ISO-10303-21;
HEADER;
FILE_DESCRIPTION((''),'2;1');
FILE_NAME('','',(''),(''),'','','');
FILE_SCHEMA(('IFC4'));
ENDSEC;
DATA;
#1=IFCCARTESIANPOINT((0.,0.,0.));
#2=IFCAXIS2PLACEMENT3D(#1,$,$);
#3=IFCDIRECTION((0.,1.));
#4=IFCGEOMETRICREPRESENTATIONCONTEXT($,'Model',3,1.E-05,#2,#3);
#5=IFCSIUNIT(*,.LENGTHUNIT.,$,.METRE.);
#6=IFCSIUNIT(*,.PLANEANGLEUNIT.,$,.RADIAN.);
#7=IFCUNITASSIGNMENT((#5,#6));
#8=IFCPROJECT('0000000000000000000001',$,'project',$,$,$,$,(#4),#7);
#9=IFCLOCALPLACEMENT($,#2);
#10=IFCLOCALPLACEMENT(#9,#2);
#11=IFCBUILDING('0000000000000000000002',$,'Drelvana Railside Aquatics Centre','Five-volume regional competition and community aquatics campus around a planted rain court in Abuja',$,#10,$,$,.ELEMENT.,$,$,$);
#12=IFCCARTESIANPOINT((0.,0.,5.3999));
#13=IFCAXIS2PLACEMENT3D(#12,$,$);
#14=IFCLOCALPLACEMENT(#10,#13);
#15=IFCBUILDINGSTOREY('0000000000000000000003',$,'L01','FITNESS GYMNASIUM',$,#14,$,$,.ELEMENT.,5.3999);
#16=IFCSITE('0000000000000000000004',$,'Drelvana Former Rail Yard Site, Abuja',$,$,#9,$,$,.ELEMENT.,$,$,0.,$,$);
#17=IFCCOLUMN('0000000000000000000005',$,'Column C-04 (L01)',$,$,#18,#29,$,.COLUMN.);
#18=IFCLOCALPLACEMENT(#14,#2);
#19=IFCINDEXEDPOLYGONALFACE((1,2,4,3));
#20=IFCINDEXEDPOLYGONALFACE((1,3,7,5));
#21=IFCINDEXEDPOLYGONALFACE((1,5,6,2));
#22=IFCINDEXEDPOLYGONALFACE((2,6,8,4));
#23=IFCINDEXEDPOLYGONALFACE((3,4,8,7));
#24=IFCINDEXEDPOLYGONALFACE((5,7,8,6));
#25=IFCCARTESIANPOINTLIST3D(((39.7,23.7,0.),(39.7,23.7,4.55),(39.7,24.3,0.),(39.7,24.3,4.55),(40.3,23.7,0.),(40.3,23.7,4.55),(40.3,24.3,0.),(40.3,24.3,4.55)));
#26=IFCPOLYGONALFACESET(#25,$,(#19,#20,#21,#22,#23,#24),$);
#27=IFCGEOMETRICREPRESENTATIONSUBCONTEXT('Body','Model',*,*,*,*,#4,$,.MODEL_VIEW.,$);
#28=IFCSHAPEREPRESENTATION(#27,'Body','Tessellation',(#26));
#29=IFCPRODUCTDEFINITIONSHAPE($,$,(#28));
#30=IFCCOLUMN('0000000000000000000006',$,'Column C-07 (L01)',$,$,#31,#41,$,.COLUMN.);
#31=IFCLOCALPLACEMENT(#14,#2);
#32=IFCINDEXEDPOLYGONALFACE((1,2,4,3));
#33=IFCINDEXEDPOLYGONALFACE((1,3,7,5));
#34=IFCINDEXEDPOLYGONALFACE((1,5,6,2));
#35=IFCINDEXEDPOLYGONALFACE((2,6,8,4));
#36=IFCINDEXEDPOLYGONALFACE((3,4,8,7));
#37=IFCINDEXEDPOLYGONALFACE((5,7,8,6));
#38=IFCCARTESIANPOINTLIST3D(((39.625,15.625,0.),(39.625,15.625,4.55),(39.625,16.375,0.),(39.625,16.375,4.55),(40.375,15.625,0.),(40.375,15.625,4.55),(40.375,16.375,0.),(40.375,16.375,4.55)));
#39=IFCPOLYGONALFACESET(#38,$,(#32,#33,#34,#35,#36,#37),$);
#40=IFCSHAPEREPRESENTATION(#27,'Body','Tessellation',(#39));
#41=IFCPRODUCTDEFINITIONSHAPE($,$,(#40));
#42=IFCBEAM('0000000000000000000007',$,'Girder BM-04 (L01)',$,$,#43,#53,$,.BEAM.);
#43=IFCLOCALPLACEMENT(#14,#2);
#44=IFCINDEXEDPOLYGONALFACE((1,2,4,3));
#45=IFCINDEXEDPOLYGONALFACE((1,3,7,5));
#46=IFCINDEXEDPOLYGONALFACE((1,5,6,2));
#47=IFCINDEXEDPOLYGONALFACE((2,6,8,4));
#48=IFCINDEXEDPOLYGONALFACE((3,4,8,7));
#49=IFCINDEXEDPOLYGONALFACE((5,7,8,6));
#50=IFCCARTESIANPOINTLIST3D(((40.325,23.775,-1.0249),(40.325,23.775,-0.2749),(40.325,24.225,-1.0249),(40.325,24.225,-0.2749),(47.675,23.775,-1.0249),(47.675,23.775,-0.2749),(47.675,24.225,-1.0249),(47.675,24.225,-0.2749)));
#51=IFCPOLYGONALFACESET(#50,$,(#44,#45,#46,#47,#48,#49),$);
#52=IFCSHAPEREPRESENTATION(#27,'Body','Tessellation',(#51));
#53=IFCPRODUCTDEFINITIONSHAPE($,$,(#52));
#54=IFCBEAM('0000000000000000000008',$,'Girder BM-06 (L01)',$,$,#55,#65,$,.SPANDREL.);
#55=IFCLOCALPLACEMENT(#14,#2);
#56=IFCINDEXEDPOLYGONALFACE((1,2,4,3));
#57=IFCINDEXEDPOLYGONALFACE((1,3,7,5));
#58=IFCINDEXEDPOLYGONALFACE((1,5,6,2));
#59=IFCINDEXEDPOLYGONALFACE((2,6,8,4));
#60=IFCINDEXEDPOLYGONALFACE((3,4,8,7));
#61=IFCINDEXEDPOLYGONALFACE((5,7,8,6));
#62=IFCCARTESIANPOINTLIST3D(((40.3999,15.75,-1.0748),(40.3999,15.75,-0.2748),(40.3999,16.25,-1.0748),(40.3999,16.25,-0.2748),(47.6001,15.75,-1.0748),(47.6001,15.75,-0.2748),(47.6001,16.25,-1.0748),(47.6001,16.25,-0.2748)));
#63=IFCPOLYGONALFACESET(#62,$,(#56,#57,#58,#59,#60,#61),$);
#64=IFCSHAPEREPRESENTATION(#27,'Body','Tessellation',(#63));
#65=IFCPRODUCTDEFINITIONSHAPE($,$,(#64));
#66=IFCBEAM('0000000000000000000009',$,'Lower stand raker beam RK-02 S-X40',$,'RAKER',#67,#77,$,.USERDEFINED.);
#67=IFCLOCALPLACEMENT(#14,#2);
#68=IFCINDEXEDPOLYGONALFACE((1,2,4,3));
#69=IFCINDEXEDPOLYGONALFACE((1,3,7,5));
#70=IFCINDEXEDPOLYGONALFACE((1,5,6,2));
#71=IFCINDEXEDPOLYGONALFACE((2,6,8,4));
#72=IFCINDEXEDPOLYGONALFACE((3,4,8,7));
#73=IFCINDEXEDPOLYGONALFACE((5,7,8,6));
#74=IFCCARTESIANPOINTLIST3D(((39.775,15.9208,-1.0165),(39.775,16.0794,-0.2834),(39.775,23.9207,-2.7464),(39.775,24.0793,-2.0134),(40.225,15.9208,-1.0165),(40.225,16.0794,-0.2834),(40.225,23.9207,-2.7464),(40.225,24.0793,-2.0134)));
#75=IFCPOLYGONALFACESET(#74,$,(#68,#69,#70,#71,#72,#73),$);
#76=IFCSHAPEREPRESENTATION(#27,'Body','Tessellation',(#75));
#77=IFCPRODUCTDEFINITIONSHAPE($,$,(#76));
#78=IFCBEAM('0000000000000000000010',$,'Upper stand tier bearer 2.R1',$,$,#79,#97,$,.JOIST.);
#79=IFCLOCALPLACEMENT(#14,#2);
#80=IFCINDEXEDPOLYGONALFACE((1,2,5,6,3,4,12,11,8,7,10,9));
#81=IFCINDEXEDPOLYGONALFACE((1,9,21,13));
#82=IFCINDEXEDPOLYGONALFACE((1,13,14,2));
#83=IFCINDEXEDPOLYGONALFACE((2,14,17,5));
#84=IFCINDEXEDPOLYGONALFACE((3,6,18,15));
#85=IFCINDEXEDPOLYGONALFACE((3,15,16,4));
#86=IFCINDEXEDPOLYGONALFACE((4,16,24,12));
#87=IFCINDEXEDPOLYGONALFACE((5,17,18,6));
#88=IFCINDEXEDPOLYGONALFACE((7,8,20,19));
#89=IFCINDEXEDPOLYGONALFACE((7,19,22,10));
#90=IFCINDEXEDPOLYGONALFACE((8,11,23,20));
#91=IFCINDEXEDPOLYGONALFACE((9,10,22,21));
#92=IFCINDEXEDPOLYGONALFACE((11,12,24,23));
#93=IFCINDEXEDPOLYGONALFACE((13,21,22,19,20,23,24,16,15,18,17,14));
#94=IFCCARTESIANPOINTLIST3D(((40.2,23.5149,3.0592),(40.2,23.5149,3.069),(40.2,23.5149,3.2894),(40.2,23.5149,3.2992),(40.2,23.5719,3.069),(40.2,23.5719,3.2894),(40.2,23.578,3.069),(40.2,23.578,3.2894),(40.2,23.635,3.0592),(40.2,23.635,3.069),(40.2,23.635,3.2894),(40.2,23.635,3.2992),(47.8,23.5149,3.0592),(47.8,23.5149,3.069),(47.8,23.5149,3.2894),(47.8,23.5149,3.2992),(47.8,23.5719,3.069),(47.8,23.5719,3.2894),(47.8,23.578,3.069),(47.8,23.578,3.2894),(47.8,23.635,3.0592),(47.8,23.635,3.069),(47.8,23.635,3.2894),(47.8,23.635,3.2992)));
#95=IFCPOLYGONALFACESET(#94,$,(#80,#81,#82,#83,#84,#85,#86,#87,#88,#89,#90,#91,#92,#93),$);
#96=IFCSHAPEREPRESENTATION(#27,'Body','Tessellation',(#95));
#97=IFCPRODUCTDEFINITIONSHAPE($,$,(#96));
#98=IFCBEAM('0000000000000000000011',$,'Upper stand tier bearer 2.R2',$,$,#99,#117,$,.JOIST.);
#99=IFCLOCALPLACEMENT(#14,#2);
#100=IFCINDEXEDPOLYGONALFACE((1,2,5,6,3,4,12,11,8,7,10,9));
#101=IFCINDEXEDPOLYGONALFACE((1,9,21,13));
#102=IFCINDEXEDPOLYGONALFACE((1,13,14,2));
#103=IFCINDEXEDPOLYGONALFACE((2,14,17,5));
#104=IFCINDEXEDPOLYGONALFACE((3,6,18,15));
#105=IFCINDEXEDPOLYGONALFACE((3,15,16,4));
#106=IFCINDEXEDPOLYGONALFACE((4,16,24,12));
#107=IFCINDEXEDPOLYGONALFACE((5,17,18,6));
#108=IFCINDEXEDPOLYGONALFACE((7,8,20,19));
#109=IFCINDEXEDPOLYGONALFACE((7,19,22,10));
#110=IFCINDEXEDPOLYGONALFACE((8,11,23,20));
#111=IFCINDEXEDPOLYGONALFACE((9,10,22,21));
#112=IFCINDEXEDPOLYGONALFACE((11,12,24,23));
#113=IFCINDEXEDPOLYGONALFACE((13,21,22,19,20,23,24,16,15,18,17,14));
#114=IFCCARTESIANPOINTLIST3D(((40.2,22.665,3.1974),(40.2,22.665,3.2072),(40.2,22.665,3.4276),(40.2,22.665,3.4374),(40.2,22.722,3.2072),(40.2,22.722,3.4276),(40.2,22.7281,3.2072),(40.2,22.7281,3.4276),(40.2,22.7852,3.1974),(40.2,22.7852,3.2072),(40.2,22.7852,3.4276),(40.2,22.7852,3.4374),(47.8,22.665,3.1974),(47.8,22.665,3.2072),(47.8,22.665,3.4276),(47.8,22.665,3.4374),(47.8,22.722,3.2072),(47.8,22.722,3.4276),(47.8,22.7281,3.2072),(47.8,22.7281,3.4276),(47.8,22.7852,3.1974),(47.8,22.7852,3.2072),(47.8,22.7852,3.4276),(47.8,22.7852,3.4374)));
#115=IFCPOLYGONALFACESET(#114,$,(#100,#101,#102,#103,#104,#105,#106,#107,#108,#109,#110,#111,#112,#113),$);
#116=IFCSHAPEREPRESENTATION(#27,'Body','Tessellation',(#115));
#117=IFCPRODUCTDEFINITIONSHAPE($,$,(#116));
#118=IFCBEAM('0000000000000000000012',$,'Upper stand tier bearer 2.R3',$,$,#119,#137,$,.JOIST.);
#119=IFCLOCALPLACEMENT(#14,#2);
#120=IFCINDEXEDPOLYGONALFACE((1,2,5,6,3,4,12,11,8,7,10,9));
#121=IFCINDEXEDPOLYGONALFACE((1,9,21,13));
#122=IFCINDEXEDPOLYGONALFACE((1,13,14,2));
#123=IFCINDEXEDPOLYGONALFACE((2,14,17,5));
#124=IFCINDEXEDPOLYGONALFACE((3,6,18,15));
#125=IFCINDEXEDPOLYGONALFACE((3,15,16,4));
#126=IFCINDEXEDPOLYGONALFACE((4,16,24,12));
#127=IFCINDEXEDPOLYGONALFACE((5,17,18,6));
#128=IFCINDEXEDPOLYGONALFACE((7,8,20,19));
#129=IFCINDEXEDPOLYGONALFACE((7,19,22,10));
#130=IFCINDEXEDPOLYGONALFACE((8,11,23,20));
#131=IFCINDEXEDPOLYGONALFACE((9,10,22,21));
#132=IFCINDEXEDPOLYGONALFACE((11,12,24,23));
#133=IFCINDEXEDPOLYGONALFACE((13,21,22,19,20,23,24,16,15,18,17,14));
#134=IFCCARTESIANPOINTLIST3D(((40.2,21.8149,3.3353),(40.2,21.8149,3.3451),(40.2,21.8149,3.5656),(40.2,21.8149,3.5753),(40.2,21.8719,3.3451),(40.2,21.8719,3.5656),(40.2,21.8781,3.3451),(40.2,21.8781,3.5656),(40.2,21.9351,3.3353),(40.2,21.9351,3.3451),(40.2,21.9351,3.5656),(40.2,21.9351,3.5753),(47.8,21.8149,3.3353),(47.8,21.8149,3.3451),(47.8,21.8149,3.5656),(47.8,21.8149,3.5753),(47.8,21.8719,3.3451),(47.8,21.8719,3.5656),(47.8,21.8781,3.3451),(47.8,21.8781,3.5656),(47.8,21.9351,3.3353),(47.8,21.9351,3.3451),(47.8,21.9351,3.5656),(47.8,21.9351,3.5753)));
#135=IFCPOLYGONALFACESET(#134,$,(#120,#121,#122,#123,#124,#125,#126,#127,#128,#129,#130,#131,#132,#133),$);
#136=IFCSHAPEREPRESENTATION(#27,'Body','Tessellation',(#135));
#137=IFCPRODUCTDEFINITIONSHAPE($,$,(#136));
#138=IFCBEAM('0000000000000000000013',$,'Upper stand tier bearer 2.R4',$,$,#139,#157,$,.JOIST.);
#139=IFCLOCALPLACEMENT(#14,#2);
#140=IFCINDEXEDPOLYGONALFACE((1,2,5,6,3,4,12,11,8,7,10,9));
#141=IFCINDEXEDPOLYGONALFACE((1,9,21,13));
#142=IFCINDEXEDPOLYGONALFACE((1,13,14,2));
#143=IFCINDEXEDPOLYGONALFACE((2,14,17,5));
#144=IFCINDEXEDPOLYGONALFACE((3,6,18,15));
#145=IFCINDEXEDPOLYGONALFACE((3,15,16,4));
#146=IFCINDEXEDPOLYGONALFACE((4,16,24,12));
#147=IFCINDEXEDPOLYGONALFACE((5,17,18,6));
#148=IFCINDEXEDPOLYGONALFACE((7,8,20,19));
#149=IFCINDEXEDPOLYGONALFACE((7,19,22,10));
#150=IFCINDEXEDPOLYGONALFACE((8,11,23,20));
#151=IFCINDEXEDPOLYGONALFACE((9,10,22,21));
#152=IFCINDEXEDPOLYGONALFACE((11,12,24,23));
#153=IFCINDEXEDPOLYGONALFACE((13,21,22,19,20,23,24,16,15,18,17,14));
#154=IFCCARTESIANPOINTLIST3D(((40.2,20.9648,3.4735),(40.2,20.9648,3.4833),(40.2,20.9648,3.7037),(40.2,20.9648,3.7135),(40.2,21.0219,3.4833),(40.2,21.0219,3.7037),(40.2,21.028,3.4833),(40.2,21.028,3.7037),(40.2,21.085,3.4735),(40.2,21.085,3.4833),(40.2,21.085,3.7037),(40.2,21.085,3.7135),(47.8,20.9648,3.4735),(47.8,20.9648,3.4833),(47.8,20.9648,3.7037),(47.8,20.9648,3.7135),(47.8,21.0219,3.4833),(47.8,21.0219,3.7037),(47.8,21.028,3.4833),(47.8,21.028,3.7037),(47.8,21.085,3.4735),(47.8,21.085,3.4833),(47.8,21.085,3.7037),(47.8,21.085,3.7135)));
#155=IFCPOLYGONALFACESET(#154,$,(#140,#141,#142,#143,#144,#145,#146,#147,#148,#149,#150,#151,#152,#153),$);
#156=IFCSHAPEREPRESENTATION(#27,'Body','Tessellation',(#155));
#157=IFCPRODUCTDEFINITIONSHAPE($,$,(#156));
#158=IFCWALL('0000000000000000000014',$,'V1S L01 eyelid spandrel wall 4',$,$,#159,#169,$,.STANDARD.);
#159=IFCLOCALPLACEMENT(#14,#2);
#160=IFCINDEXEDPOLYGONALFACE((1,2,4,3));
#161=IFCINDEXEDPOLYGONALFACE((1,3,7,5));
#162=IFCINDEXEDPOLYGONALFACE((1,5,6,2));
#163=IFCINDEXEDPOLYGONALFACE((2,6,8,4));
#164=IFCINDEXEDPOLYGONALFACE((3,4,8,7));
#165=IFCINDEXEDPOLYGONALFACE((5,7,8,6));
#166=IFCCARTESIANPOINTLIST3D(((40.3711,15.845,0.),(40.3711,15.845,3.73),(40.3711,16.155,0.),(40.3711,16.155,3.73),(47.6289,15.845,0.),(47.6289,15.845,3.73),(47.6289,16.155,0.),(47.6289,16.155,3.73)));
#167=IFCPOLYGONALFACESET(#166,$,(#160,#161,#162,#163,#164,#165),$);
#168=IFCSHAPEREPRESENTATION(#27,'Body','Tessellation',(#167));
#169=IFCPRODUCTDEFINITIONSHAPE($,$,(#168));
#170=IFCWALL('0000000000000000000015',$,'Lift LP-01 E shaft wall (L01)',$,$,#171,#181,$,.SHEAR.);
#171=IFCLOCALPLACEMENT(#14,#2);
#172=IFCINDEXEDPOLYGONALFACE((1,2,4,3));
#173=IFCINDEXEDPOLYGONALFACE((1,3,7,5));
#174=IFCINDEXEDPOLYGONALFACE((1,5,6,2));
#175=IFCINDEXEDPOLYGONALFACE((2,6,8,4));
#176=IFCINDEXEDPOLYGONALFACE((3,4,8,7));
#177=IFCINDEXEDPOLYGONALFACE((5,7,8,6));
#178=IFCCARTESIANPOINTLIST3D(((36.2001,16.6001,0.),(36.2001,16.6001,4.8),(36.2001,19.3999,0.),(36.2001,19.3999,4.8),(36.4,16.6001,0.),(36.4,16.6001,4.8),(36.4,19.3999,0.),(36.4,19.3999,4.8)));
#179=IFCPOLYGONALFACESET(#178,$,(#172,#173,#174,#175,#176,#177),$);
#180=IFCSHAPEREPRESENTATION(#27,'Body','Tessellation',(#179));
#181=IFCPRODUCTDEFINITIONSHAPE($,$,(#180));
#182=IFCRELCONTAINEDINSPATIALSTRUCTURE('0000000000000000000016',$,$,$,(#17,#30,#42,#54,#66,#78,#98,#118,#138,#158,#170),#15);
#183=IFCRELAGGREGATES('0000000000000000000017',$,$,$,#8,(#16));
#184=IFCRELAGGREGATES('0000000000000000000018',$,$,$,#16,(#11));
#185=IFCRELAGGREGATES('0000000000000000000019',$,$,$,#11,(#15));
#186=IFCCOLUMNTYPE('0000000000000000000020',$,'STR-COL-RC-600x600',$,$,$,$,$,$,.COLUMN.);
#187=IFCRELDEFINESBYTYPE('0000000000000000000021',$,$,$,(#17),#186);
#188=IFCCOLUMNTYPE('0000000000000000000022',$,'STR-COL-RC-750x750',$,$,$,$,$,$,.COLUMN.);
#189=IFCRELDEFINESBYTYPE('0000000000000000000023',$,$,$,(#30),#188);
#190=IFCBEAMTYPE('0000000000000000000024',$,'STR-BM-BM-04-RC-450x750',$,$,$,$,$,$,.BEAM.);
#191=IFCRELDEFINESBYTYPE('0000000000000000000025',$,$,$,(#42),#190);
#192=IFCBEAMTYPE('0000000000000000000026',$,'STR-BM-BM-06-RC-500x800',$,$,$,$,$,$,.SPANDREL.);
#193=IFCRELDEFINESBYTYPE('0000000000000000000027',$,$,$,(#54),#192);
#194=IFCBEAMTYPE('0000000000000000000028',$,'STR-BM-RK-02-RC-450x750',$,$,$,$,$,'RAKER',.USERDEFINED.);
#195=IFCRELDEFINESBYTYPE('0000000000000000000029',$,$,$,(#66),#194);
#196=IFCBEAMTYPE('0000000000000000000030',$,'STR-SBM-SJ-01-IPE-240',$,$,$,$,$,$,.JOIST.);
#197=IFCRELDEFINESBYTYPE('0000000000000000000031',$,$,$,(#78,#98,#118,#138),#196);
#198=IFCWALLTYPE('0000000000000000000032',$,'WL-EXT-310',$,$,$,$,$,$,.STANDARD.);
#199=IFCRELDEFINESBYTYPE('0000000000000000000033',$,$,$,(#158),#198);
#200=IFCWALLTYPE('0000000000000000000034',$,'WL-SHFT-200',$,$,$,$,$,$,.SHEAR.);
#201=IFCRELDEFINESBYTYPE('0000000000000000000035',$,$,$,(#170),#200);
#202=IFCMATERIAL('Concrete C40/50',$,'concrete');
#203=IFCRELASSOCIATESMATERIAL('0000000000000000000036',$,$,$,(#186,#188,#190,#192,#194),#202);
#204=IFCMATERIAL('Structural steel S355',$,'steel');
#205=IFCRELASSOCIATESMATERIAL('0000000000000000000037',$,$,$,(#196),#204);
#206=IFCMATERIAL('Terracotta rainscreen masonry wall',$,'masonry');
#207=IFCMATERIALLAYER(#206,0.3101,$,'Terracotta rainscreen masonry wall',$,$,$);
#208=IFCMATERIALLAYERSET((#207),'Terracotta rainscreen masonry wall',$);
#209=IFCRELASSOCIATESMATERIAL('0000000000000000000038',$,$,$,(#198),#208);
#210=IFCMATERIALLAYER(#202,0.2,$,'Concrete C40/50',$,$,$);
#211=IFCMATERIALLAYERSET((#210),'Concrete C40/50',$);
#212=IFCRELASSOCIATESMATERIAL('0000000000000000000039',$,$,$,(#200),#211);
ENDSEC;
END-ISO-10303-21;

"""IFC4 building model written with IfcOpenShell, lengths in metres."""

from ifc_helpers import new_model, si_unit, direction, frame, frame_2d, origin, origin_2d, place, context, subcontext, project, spatial, rectangle, i_section, extrude, material, layer, layer_set, material_profile, profile_set, type_object, element, save


model = new_model("IFC4")

# Units and contexts
model_context = context("Model", 3, precision=1e-05, world=origin(), true_north=direction((0.0, 1.0)))
body_context = subcontext(model_context, "Body", "Model", "MODEL_VIEW")
ifc_project = project(units=[si_unit("LENGTHUNIT", "METRE"), si_unit("PLANEANGLEUNIT", "RADIAN")], contexts=[model_context])

# Site, building, storey
site_placement = place(None, origin())
site = spatial("IfcSite", under=ifc_project, at=site_placement, Name="Drelvana Former Rail Yard Site, Abuja", CompositionType="ELEMENT", RefElevation=0.0)
building_placement = place(site_placement, origin())
building = spatial("IfcBuilding", under=site, at=building_placement, Name="Drelvana Railside Aquatics Centre", Description="Five-volume regional competition and community aquatics campus around a planted rain court in Abuja", CompositionType="ELEMENT")
storey_placement = place(building_placement, frame((0.0, 0.0, 5.3999)))
storey = spatial("IfcBuildingStorey", under=building, at=storey_placement, Name="L01", Description="FITNESS GYMNASIUM", CompositionType="ELEMENT", Elevation=5.3999)

# Columns
ifc_material_1 = material(Name="Concrete C40/50", Category="concrete")
ifc_material_profile_1 = material_profile(ifc_material_1, rectangle(XDim=0.6001, YDim=0.6001, at=origin_2d()), Name="RC 600x600")
ifc_profile_set_1 = profile_set([ifc_material_profile_1], Name="Concrete C40/50")
column_type_1 = type_object("IfcColumnType", Name="STR-COL-RC-600x600", PredefinedType="COLUMN", material=ifc_profile_set_1)
column_1_placement = place(storey_placement, frame((40.0, 24.0, 0.0), z_axis=(0.0, 0.0, 1.0), x_axis=(1.0, 0.0, 0.0)))
element("IfcColumn", 1, at=column_1_placement, inside=storey, type_object=column_type_1, Name="Column C-04 (L01)", PredefinedType="COLUMN", context=body_context, shape_type="SweptSolid", body=[
    extrude(rectangle(XDim=0.6001, YDim=0.6001, at=origin_2d()), origin(), (0.0, 0.0, 1.0), 4.55),
])
ifc_material_profile_2 = material_profile(ifc_material_1, rectangle(XDim=0.75, YDim=0.75, at=origin_2d()), Name="RC 750x750")
ifc_profile_set_2 = profile_set([ifc_material_profile_2], Name="Concrete C40/50")
column_type_2 = type_object("IfcColumnType", Name="STR-COL-RC-750x750", PredefinedType="COLUMN", material=ifc_profile_set_2)
column_2_placement = place(storey_placement, frame((40.0, 16.0, 0.0), z_axis=(0.0, 0.0, 1.0), x_axis=(1.0, 0.0, 0.0)))
element("IfcColumn", 2, at=column_2_placement, inside=storey, type_object=column_type_2, Name="Column C-07 (L01)", PredefinedType="COLUMN", context=body_context, shape_type="SweptSolid", body=[
    extrude(rectangle(XDim=0.75, YDim=0.75, at=origin_2d()), origin(), (0.0, 0.0, 1.0), 4.55),
])

# Beams
ifc_material_profile_3 = material_profile(ifc_material_1, rectangle(XDim=0.45, YDim=0.75, at=origin_2d()), Name="RC 450x750")
ifc_profile_set_3 = profile_set([ifc_material_profile_3], Name="Concrete C40/50")
beam_type_1 = type_object("IfcBeamType", Name="STR-BM-BM-04-RC-450x750", PredefinedType="BEAM", material=ifc_profile_set_3)
beam_1_placement = place(storey_placement, frame((40.325, 24.0, -0.6499), z_axis=(1.0, 0.0, 0.0), x_axis=(0.0, 1.0, 0.0)))
element("IfcBeam", 3, at=beam_1_placement, inside=storey, type_object=beam_type_1, Name="Girder BM-04 (L01)", PredefinedType="BEAM", context=body_context, shape_type="SweptSolid", body=[
    extrude(rectangle(XDim=0.45, YDim=0.75, at=origin_2d()), origin(), (0.0, 0.0, 1.0), 7.3501),
])
ifc_material_profile_4 = material_profile(ifc_material_1, rectangle(XDim=0.5, YDim=0.8, at=origin_2d()), Name="RC 500x800")
ifc_profile_set_4 = profile_set([ifc_material_profile_4], Name="Concrete C40/50")
beam_type_2 = type_object("IfcBeamType", Name="STR-BM-BM-06-RC-500x800", PredefinedType="SPANDREL", material=ifc_profile_set_4)
beam_2_placement = place(storey_placement, frame((40.3999, 16.0, -0.6748), z_axis=(1.0, 0.0, 0.0), x_axis=(0.0, 1.0, 0.0)))
element("IfcBeam", 4, at=beam_2_placement, inside=storey, type_object=beam_type_2, Name="Girder BM-06 (L01)", PredefinedType="SPANDREL", context=body_context, shape_type="SweptSolid", body=[
    extrude(rectangle(XDim=0.5, YDim=0.8, at=origin_2d()), origin(), (0.0, 0.0, 1.0), 7.2002),
])
ifc_material_profile_5 = material_profile(ifc_material_1, rectangle(XDim=0.45, YDim=0.75, at=origin_2d()), Name="RC 450x750")
ifc_profile_set_5 = profile_set([ifc_material_profile_5], Name="Concrete C40/50")
beam_type_3 = type_object("IfcBeamType", Name="STR-BM-RK-02-RC-450x750", ElementType="RAKER", PredefinedType="USERDEFINED", material=ifc_profile_set_5)
beam_3_placement = place(storey_placement, frame((40.0, 24.0, -2.3799), z_axis=(0.0, -0.977408, 0.211362), x_axis=(1.0, 0.0, 0.0)))
element("IfcBeam", 5, at=beam_3_placement, inside=storey, type_object=beam_type_3, Name="Lower stand raker beam RK-02 S-X40", ObjectType="RAKER", PredefinedType="USERDEFINED", context=body_context, shape_type="SweptSolid", body=[
    extrude(rectangle(XDim=0.45, YDim=0.75, at=origin_2d()), origin(), (0.0, 0.0, 1.0), 8.1848),
])
ifc_material_2 = material(Name="Structural steel S355", Category="steel")
ifc_material_profile_6 = material_profile(ifc_material_2, i_section(OverallWidth=0.1201, OverallDepth=0.24, WebThickness=0.0061, FlangeThickness=0.0098, at=origin_2d()), Name="IPE 240")
ifc_profile_set_6 = profile_set([ifc_material_profile_6], Name="Structural steel S355")
beam_type_4 = type_object("IfcBeamType", Name="STR-SBM-SJ-01-IPE-240", PredefinedType="JOIST", material=ifc_profile_set_6)
for number, where, z_axis, x_axis, name in (
    (6, (40.2, 23.575, 3.1792), (1.0, 0.0, 0.0), (0.0, 1.0, 0.0), "Upper stand tier bearer 2.R1"),
    (7, (40.2, 22.7251, 3.3174), (1.0, 0.0, 0.0), (0.0, 1.0, 0.0), "Upper stand tier bearer 2.R2"),
    (8, (40.2, 21.875, 3.4553), (1.0, 0.0, 0.0), (0.0, 1.0, 0.0), "Upper stand tier bearer 2.R3"),
    (9, (40.2, 21.0249, 3.5935), (1.0, 0.0, 0.0), (0.0, 1.0, 0.0), "Upper stand tier bearer 2.R4"),
):
    element("IfcBeam", number, at=place(storey_placement, frame(where, z_axis=z_axis, x_axis=x_axis)), inside=storey, type_object=beam_type_4, Name=name, PredefinedType="JOIST", context=body_context, shape_type="SweptSolid", body=[
        extrude(i_section(OverallWidth=0.1201, OverallDepth=0.24, WebThickness=0.0061, FlangeThickness=0.0098, at=origin_2d()), origin(), (0.0, 0.0, 1.0), 7.6001),
    ])

# Walls
ifc_material_3 = material(Name="Terracotta rainscreen masonry wall", Category="masonry")
ifc_layer_1 = layer(ifc_material_3, 0.3101, Name="Terracotta rainscreen masonry wall")
ifc_layer_set_1 = layer_set([ifc_layer_1], Name="Terracotta rainscreen masonry wall")
wall_type_1 = type_object("IfcWallType", Name="WL-EXT-310", PredefinedType="STANDARD", material=ifc_layer_set_1)
wall_1_placement = place(storey_placement, frame((40.3711, 16.0, 0.0), z_axis=(0.0, 0.0, 1.0), x_axis=(1.0, 0.0, 0.0)))
element("IfcWall", 10, at=wall_1_placement, inside=storey, type_object=wall_type_1, Name="V1S L01 eyelid spandrel wall 4", PredefinedType="STANDARD", context=body_context, shape_type="SweptSolid", body=[
    extrude(rectangle(XDim=7.2578, YDim=0.3101, at=frame_2d((3.6289, 0.0))), origin(), (0.0, 0.0, 1.0), 3.73),
])
ifc_layer_2 = layer(ifc_material_1, 0.2, Name="Concrete C40/50")
ifc_layer_set_2 = layer_set([ifc_layer_2], Name="Concrete C40/50")
wall_type_2 = type_object("IfcWallType", Name="WL-SHFT-200", PredefinedType="SHEAR", material=ifc_layer_set_2)
wall_2_placement = place(storey_placement, frame((36.3, 16.6001, 0.0), z_axis=(0.0, 0.0, 1.0), x_axis=(0.0, 1.0, 0.0)))
element("IfcWall", 11, at=wall_2_placement, inside=storey, type_object=wall_type_2, Name="Lift LP-01 E shaft wall (L01)", PredefinedType="SHEAR", context=body_context, shape_type="SweptSolid", body=[
    extrude(rectangle(XDim=2.7998, YDim=0.2, at=frame_2d((1.3999, 0.0))), origin(), (0.0, 0.0, 1.0), 4.8),
])

save(model, "model.ifc")
